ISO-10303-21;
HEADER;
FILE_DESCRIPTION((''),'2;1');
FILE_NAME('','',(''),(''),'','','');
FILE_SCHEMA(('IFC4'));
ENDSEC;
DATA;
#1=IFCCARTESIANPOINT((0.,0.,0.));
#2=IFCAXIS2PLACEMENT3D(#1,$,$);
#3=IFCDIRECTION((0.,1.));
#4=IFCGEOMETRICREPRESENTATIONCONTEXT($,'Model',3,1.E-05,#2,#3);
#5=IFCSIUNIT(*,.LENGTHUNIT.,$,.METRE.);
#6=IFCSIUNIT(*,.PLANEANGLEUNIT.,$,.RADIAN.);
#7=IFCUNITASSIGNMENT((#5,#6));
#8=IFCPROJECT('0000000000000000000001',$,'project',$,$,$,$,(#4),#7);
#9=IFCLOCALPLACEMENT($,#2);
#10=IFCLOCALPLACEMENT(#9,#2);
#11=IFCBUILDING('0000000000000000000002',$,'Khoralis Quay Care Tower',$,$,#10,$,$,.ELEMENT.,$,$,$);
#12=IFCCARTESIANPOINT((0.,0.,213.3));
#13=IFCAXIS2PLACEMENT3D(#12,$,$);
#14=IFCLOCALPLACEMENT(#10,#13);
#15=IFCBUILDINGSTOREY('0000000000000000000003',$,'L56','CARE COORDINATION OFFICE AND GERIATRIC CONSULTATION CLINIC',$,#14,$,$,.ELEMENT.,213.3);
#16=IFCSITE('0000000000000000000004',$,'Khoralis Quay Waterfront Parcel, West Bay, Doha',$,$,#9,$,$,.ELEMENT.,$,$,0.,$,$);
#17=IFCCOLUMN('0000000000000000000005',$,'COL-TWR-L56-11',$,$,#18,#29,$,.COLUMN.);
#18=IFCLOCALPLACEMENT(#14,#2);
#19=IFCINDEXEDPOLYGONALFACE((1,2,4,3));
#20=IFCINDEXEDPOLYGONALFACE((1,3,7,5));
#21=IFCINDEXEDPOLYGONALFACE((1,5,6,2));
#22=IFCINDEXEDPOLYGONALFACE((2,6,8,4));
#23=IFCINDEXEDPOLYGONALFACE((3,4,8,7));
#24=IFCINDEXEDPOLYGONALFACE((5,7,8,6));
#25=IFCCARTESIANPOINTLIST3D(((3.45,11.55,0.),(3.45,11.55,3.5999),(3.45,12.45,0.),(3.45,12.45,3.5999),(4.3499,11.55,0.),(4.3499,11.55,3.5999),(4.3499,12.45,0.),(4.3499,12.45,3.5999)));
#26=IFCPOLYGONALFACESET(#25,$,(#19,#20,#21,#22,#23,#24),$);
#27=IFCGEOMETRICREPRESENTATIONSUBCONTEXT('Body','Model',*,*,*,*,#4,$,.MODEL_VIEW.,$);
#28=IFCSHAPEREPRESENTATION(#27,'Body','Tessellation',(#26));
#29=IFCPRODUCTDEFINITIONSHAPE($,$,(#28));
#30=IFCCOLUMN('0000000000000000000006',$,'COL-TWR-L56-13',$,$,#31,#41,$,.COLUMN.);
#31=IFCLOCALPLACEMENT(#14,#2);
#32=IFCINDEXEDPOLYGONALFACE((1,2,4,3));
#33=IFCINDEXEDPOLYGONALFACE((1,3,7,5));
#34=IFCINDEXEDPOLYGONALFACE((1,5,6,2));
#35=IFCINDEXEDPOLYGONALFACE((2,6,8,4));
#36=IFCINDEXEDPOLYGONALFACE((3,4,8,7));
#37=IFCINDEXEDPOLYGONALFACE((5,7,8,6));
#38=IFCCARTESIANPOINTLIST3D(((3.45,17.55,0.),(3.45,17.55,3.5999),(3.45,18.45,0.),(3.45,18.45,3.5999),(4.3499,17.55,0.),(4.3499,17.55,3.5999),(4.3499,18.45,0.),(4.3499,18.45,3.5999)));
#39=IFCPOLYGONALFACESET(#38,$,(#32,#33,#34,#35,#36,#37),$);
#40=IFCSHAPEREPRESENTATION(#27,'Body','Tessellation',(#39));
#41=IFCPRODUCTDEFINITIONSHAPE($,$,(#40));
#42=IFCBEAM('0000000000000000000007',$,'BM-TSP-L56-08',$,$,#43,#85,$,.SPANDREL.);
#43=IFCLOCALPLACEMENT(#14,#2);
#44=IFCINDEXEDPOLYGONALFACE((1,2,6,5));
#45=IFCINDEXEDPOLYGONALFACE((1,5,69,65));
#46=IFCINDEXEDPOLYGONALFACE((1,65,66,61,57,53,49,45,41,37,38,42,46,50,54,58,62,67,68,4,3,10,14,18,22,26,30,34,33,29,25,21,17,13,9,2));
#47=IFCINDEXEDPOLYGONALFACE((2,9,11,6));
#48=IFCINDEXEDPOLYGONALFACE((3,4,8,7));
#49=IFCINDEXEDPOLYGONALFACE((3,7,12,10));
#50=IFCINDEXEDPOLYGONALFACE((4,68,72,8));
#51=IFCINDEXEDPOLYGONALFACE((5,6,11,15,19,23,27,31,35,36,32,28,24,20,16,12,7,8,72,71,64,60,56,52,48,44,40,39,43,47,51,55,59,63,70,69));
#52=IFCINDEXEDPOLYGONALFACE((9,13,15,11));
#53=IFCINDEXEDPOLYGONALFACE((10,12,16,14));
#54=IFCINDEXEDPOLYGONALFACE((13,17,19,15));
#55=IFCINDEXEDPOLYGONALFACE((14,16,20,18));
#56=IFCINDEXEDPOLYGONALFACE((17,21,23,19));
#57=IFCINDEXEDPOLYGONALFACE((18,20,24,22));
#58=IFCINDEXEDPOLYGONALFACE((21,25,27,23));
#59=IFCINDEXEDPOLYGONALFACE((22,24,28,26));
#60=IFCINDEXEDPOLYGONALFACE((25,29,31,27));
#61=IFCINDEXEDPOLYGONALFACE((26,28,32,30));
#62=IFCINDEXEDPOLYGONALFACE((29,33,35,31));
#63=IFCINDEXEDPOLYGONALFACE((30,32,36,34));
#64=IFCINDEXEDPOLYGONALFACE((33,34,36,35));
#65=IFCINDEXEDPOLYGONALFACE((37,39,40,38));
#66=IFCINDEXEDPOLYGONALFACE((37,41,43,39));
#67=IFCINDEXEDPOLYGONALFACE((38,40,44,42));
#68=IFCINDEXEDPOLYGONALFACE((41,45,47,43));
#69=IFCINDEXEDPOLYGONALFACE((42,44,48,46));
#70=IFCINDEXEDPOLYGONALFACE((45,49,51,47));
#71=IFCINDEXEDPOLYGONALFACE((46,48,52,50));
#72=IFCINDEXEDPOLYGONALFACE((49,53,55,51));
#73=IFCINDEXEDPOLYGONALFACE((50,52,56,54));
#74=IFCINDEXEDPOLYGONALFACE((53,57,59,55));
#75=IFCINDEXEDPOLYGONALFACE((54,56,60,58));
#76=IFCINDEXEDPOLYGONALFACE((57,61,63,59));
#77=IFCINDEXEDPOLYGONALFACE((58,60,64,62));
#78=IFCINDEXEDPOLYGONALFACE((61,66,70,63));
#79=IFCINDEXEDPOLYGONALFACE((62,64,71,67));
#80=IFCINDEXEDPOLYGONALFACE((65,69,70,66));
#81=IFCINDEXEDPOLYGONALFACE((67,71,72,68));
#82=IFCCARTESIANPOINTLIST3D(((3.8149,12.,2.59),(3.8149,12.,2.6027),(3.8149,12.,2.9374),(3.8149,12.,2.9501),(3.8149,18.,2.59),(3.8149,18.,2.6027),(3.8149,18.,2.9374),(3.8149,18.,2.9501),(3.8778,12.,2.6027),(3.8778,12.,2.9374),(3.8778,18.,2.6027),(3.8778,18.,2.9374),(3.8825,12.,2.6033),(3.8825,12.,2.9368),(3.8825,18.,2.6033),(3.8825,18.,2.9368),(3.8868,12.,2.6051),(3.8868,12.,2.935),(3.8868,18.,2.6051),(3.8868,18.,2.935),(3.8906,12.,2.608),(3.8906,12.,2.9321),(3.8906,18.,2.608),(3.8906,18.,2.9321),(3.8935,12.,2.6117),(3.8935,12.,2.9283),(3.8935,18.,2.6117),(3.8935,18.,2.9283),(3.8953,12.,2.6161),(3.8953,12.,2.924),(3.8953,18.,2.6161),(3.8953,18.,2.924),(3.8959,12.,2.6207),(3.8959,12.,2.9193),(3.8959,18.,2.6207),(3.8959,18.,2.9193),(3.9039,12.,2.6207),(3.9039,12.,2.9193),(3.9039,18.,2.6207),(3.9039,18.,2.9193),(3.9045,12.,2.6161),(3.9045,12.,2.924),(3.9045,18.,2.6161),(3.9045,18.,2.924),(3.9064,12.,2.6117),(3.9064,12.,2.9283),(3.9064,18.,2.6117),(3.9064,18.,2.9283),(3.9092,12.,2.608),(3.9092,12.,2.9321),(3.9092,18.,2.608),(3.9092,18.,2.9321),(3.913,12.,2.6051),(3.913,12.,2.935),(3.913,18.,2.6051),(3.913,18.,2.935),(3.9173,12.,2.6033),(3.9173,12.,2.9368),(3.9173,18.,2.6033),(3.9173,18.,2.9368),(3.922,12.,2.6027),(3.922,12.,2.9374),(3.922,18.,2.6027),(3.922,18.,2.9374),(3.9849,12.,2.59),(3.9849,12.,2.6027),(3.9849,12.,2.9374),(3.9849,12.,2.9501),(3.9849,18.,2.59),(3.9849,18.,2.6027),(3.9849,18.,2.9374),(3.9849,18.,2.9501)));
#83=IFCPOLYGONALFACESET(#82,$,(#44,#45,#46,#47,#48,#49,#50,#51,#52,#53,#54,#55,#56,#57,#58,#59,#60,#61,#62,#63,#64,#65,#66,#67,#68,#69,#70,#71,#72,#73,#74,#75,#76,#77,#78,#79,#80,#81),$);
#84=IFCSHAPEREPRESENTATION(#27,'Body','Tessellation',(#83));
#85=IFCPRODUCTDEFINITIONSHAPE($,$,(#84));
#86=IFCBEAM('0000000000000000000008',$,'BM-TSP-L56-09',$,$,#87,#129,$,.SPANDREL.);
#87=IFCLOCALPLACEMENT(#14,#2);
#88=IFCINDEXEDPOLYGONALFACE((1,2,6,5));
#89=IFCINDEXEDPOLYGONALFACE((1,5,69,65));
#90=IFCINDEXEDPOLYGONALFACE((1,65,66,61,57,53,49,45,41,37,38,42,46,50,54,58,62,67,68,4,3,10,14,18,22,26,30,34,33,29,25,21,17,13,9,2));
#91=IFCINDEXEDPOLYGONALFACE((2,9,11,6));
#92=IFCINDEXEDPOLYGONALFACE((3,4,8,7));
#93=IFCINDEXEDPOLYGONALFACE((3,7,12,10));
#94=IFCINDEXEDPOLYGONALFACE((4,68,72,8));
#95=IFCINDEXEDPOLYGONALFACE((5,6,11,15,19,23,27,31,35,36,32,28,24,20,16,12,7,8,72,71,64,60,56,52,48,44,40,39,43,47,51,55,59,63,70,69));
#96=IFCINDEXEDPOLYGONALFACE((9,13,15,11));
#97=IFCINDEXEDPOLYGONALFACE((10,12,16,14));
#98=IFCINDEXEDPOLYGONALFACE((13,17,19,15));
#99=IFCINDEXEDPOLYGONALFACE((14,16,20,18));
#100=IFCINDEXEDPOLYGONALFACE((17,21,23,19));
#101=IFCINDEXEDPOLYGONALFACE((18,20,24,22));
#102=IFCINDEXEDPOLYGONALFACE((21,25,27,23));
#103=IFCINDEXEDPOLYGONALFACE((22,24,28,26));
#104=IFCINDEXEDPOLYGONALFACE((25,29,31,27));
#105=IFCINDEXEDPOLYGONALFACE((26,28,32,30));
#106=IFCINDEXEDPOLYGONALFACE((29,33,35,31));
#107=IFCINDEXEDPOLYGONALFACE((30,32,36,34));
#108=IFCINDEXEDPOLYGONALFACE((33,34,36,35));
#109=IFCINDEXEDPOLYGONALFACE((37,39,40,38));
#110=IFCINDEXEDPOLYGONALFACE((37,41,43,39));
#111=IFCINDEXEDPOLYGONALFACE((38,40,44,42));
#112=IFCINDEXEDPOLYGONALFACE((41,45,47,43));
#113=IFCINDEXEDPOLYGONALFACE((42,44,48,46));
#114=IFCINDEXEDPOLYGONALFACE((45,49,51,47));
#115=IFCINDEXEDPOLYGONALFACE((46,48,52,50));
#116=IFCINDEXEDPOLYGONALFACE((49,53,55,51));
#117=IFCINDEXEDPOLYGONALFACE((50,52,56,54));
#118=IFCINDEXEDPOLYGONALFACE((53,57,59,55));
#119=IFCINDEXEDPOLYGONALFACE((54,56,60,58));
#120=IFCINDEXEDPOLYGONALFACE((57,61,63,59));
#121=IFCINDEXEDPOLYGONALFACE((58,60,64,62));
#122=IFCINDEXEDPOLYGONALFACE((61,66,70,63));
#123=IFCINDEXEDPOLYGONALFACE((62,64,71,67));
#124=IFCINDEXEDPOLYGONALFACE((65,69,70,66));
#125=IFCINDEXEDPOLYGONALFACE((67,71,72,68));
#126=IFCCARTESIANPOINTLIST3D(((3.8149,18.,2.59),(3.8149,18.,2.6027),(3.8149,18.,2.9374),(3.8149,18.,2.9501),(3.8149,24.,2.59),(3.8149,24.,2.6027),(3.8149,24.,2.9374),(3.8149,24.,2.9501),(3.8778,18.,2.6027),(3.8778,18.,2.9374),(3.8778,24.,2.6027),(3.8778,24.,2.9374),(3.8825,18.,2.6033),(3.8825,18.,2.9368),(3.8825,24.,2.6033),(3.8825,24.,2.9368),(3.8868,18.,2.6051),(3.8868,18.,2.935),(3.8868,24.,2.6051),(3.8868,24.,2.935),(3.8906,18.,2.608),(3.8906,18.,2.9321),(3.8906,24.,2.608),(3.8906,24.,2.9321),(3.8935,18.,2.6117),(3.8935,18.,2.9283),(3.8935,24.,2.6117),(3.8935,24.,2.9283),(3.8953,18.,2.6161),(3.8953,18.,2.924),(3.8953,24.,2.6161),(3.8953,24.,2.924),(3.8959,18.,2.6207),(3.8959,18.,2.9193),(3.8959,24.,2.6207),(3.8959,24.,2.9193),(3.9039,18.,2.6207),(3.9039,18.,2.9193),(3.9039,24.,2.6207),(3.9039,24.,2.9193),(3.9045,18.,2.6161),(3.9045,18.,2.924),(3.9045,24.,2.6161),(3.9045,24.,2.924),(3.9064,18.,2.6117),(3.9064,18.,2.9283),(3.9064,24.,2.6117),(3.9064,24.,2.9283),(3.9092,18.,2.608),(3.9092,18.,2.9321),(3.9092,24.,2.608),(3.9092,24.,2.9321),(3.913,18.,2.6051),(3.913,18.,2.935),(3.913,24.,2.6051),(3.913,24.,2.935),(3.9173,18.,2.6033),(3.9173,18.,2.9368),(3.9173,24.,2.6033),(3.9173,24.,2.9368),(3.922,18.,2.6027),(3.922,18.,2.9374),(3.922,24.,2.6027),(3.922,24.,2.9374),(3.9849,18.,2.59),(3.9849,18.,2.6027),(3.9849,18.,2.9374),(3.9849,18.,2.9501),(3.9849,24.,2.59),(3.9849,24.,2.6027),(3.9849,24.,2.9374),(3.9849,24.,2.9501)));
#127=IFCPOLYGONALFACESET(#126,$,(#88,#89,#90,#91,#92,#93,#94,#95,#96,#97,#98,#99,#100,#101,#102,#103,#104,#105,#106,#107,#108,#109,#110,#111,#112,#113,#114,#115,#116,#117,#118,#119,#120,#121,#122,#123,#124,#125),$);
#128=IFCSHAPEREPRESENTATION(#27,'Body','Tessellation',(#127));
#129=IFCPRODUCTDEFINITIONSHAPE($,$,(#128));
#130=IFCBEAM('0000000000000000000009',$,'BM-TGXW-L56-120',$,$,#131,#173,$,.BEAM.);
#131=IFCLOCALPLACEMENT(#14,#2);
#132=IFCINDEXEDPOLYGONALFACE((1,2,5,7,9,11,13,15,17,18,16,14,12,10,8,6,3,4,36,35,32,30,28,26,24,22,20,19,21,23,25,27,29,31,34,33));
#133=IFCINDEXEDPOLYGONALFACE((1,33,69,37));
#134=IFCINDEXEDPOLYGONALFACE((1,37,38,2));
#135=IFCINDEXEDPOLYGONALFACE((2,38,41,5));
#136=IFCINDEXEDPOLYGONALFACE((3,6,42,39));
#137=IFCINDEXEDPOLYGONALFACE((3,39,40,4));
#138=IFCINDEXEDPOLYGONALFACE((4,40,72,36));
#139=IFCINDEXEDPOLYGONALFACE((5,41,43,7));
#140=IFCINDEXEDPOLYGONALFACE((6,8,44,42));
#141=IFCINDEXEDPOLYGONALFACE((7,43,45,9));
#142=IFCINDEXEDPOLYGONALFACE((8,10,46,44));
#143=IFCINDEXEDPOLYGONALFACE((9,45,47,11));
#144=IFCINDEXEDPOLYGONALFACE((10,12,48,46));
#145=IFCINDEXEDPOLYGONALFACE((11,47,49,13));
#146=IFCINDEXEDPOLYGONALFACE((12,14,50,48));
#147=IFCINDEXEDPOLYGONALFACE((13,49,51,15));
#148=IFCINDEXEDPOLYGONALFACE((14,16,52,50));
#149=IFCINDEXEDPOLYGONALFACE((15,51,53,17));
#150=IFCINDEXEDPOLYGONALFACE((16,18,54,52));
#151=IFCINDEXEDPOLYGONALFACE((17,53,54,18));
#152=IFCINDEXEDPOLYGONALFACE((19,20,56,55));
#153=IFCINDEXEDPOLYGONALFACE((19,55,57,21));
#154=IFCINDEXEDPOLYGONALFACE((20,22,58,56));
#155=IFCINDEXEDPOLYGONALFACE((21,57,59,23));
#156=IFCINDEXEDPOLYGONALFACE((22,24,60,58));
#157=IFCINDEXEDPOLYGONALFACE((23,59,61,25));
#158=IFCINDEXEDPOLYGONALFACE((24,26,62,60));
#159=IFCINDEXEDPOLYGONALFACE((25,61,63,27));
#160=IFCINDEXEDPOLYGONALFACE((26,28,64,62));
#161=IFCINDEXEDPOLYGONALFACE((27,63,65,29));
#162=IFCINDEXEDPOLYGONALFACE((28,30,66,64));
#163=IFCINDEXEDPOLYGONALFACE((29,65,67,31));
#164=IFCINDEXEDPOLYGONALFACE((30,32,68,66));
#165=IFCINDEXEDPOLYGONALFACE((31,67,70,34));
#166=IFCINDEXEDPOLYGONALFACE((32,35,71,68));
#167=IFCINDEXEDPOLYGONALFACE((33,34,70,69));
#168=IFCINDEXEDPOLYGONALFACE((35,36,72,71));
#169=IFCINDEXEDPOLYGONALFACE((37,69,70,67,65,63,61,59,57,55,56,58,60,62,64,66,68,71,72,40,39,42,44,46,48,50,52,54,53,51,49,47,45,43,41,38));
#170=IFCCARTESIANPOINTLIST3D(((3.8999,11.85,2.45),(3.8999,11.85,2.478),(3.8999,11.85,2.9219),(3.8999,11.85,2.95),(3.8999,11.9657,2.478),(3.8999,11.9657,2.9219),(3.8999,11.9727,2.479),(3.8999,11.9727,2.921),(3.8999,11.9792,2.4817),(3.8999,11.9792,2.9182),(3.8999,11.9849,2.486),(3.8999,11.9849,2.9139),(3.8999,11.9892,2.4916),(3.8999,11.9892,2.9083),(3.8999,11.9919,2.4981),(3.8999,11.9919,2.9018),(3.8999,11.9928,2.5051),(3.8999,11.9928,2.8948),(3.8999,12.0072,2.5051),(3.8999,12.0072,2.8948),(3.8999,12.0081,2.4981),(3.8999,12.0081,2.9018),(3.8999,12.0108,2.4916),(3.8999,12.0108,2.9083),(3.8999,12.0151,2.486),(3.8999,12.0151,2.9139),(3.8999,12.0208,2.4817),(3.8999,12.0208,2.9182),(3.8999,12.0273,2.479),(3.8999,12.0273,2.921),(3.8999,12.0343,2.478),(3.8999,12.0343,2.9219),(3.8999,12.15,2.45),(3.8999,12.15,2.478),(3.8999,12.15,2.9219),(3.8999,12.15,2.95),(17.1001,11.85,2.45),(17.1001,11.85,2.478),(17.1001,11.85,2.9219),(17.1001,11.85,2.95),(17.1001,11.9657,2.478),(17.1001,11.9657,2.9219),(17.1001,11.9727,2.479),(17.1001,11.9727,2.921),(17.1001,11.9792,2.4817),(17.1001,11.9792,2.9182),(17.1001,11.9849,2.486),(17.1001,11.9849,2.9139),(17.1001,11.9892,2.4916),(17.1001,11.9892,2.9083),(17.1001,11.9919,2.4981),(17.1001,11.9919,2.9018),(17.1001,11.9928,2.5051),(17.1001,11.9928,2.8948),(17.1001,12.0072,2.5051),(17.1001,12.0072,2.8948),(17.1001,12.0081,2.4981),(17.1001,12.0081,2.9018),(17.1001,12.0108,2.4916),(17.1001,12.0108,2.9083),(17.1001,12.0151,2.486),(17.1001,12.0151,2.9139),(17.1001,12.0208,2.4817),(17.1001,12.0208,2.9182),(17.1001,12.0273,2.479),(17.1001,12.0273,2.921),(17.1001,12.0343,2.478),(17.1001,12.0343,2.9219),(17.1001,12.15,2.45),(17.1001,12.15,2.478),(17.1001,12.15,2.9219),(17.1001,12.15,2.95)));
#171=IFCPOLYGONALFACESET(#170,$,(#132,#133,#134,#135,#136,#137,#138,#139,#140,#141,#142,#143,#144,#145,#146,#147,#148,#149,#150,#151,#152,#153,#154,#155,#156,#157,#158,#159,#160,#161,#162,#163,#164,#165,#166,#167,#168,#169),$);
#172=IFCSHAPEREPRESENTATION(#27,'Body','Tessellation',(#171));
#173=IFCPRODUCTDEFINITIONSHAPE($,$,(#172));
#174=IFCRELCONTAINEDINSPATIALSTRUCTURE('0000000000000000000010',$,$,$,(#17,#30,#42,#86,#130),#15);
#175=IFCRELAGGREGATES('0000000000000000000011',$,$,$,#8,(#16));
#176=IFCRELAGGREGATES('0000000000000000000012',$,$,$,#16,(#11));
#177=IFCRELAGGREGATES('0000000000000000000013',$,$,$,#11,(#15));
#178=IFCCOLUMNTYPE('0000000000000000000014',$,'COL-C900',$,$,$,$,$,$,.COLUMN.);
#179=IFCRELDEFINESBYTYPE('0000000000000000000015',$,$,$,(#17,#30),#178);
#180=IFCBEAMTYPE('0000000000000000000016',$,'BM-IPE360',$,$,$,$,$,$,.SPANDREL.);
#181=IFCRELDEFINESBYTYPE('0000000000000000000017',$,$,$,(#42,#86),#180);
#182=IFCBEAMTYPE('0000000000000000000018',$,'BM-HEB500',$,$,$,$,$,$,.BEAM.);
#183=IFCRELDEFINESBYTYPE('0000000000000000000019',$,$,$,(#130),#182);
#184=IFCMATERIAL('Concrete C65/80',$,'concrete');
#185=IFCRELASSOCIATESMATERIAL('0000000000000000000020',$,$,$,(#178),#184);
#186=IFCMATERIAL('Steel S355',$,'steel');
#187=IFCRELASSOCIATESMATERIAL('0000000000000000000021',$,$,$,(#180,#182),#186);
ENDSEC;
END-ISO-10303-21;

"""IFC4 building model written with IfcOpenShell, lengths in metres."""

from ifc_helpers import new_model, si_unit, direction, frame, origin, origin_2d, place, context, subcontext, project, spatial, rectangle, i_section, extrude, source, transform, mapped, material, material_profile, profile_set, type_object, element, save


model = new_model("IFC4")

# Units and contexts
model_context = context("Model", 3, precision=1e-05, world=origin(), true_north=direction((0.0, 1.0)))
body_context = subcontext(model_context, "Body", "Model", "MODEL_VIEW")
ifc_project = project(units=[si_unit("LENGTHUNIT", "METRE"), si_unit("PLANEANGLEUNIT", "RADIAN")], contexts=[model_context])

# Site, building, storey
site_placement = place(None, origin())
site = spatial("IfcSite", under=ifc_project, at=site_placement, Name="Khoralis Quay Waterfront Parcel, West Bay, Doha", CompositionType="ELEMENT", RefElevation=0.0)
building_placement = place(site_placement, origin())
building = spatial("IfcBuilding", under=site, at=building_placement, Name="Khoralis Quay Care Tower", CompositionType="ELEMENT")
storey_placement = place(building_placement, frame((0.0, 0.0, 213.3)))
storey = spatial("IfcBuildingStorey", under=building, at=storey_placement, Name="L56", Description="CARE COORDINATION OFFICE AND GERIATRIC CONSULTATION CLINIC", CompositionType="ELEMENT", Elevation=213.3)

# Columns
ifc_material_1 = material(Name="Concrete C65/80", Category="concrete")
ifc_material_profile_1 = material_profile(ifc_material_1, rectangle(XDim=0.8999, YDim=0.8999, at=origin_2d()), Name="Concrete C65/80")
ifc_profile_set_1 = profile_set([ifc_material_profile_1], Name="Concrete C65/80")
column_type = type_object("IfcColumnType", Name="COL-C900", PredefinedType="COLUMN", material=ifc_profile_set_1)
shared_shape_1 = source(origin(), body_context, "Body", "SweptSolid", [
    extrude(rectangle(XDim=0.8999, YDim=0.8999, at=origin_2d()), origin(), (0.0, 0.0, 1.0), 3.5999),
])
for number, where, z_axis, x_axis, name in (
    (1, (3.8999, 12.0, 0.0), (0.0, 0.0, 1.0), (1.0, 0.0, 0.0), "COL-TWR-L56-11"),
    (2, (3.8999, 18.0, 0.0), (0.0, 0.0, 1.0), (1.0, 0.0, 0.0), "COL-TWR-L56-13"),
):
    element("IfcColumn", number, at=place(storey_placement, frame(where, z_axis=z_axis, x_axis=x_axis)), inside=storey, type_object=column_type, Name=name, PredefinedType="COLUMN", context=body_context, shape_type="MappedRepresentation", body=[
        mapped(shared_shape_1, transform((0.0, 0.0, 0.0), scale=1.0)),
    ])

# Beams
ifc_material_2 = material(Name="Steel S355", Category="steel")
ifc_material_profile_2 = material_profile(ifc_material_2, i_section(OverallWidth=0.1699, OverallDepth=0.3601, WebThickness=0.0081, FlangeThickness=0.0127, FilletRadius=0.0181, at=origin_2d()), Name="Steel S355")
ifc_profile_set_2 = profile_set([ifc_material_profile_2], Name="Steel S355")
beam_type_1 = type_object("IfcBeamType", Name="BM-IPE360", PredefinedType="SPANDREL", material=ifc_profile_set_2)
shared_shape_2 = source(origin(), body_context, "Body", "SweptSolid", [
    extrude(i_section(OverallWidth=0.1699, OverallDepth=0.3601, WebThickness=0.0081, FlangeThickness=0.0127, FilletRadius=0.0181, at=origin_2d()), origin(), (0.0, 0.0, 1.0), 6.0),
])
for number, where, z_axis, x_axis, name in (
    (3, (3.8999, 12.0, 2.77), (0.0, 1.0, 0.0), (-1.0, 0.0, 0.0), "BM-TSP-L56-08"),
    (4, (3.8999, 18.0, 2.77), (0.0, 1.0, 0.0), (-1.0, 0.0, 0.0), "BM-TSP-L56-09"),
):
    element("IfcBeam", number, at=place(storey_placement, frame(where, z_axis=z_axis, x_axis=x_axis)), inside=storey, type_object=beam_type_1, Name=name, PredefinedType="SPANDREL", context=body_context, shape_type="MappedRepresentation", body=[
        mapped(shared_shape_2, transform((0.0, 0.0, 0.0), scale=1.0)),
    ])
ifc_material_profile_3 = material_profile(ifc_material_2, i_section(OverallWidth=0.3, OverallDepth=0.5, WebThickness=0.0144, FlangeThickness=0.0281, FilletRadius=0.0271, at=origin_2d()), Name="Steel S355")
ifc_profile_set_3 = profile_set([ifc_material_profile_3], Name="Steel S355")
beam_type_2 = type_object("IfcBeamType", Name="BM-HEB500", PredefinedType="BEAM", material=ifc_profile_set_3)
shared_shape_3 = source(origin(), body_context, "Body", "SweptSolid", [
    extrude(i_section(OverallWidth=0.3, OverallDepth=0.5, WebThickness=0.0144, FlangeThickness=0.0281, FilletRadius=0.0271, at=origin_2d()), origin(), (0.0, 0.0, 1.0), 13.2002),
])
beam_1_placement = place(storey_placement, frame((3.8999, 12.0, 2.7), z_axis=(1.0, 0.0, 0.0), x_axis=(0.0, 1.0, 0.0)))
element("IfcBeam", 5, at=beam_1_placement, inside=storey, type_object=beam_type_2, Name="BM-TGXW-L56-120", PredefinedType="BEAM", context=body_context, shape_type="MappedRepresentation", body=[
    mapped(shared_shape_3, transform((0.0, 0.0, 0.0), scale=1.0)),
])

save(model, "model.ifc")
